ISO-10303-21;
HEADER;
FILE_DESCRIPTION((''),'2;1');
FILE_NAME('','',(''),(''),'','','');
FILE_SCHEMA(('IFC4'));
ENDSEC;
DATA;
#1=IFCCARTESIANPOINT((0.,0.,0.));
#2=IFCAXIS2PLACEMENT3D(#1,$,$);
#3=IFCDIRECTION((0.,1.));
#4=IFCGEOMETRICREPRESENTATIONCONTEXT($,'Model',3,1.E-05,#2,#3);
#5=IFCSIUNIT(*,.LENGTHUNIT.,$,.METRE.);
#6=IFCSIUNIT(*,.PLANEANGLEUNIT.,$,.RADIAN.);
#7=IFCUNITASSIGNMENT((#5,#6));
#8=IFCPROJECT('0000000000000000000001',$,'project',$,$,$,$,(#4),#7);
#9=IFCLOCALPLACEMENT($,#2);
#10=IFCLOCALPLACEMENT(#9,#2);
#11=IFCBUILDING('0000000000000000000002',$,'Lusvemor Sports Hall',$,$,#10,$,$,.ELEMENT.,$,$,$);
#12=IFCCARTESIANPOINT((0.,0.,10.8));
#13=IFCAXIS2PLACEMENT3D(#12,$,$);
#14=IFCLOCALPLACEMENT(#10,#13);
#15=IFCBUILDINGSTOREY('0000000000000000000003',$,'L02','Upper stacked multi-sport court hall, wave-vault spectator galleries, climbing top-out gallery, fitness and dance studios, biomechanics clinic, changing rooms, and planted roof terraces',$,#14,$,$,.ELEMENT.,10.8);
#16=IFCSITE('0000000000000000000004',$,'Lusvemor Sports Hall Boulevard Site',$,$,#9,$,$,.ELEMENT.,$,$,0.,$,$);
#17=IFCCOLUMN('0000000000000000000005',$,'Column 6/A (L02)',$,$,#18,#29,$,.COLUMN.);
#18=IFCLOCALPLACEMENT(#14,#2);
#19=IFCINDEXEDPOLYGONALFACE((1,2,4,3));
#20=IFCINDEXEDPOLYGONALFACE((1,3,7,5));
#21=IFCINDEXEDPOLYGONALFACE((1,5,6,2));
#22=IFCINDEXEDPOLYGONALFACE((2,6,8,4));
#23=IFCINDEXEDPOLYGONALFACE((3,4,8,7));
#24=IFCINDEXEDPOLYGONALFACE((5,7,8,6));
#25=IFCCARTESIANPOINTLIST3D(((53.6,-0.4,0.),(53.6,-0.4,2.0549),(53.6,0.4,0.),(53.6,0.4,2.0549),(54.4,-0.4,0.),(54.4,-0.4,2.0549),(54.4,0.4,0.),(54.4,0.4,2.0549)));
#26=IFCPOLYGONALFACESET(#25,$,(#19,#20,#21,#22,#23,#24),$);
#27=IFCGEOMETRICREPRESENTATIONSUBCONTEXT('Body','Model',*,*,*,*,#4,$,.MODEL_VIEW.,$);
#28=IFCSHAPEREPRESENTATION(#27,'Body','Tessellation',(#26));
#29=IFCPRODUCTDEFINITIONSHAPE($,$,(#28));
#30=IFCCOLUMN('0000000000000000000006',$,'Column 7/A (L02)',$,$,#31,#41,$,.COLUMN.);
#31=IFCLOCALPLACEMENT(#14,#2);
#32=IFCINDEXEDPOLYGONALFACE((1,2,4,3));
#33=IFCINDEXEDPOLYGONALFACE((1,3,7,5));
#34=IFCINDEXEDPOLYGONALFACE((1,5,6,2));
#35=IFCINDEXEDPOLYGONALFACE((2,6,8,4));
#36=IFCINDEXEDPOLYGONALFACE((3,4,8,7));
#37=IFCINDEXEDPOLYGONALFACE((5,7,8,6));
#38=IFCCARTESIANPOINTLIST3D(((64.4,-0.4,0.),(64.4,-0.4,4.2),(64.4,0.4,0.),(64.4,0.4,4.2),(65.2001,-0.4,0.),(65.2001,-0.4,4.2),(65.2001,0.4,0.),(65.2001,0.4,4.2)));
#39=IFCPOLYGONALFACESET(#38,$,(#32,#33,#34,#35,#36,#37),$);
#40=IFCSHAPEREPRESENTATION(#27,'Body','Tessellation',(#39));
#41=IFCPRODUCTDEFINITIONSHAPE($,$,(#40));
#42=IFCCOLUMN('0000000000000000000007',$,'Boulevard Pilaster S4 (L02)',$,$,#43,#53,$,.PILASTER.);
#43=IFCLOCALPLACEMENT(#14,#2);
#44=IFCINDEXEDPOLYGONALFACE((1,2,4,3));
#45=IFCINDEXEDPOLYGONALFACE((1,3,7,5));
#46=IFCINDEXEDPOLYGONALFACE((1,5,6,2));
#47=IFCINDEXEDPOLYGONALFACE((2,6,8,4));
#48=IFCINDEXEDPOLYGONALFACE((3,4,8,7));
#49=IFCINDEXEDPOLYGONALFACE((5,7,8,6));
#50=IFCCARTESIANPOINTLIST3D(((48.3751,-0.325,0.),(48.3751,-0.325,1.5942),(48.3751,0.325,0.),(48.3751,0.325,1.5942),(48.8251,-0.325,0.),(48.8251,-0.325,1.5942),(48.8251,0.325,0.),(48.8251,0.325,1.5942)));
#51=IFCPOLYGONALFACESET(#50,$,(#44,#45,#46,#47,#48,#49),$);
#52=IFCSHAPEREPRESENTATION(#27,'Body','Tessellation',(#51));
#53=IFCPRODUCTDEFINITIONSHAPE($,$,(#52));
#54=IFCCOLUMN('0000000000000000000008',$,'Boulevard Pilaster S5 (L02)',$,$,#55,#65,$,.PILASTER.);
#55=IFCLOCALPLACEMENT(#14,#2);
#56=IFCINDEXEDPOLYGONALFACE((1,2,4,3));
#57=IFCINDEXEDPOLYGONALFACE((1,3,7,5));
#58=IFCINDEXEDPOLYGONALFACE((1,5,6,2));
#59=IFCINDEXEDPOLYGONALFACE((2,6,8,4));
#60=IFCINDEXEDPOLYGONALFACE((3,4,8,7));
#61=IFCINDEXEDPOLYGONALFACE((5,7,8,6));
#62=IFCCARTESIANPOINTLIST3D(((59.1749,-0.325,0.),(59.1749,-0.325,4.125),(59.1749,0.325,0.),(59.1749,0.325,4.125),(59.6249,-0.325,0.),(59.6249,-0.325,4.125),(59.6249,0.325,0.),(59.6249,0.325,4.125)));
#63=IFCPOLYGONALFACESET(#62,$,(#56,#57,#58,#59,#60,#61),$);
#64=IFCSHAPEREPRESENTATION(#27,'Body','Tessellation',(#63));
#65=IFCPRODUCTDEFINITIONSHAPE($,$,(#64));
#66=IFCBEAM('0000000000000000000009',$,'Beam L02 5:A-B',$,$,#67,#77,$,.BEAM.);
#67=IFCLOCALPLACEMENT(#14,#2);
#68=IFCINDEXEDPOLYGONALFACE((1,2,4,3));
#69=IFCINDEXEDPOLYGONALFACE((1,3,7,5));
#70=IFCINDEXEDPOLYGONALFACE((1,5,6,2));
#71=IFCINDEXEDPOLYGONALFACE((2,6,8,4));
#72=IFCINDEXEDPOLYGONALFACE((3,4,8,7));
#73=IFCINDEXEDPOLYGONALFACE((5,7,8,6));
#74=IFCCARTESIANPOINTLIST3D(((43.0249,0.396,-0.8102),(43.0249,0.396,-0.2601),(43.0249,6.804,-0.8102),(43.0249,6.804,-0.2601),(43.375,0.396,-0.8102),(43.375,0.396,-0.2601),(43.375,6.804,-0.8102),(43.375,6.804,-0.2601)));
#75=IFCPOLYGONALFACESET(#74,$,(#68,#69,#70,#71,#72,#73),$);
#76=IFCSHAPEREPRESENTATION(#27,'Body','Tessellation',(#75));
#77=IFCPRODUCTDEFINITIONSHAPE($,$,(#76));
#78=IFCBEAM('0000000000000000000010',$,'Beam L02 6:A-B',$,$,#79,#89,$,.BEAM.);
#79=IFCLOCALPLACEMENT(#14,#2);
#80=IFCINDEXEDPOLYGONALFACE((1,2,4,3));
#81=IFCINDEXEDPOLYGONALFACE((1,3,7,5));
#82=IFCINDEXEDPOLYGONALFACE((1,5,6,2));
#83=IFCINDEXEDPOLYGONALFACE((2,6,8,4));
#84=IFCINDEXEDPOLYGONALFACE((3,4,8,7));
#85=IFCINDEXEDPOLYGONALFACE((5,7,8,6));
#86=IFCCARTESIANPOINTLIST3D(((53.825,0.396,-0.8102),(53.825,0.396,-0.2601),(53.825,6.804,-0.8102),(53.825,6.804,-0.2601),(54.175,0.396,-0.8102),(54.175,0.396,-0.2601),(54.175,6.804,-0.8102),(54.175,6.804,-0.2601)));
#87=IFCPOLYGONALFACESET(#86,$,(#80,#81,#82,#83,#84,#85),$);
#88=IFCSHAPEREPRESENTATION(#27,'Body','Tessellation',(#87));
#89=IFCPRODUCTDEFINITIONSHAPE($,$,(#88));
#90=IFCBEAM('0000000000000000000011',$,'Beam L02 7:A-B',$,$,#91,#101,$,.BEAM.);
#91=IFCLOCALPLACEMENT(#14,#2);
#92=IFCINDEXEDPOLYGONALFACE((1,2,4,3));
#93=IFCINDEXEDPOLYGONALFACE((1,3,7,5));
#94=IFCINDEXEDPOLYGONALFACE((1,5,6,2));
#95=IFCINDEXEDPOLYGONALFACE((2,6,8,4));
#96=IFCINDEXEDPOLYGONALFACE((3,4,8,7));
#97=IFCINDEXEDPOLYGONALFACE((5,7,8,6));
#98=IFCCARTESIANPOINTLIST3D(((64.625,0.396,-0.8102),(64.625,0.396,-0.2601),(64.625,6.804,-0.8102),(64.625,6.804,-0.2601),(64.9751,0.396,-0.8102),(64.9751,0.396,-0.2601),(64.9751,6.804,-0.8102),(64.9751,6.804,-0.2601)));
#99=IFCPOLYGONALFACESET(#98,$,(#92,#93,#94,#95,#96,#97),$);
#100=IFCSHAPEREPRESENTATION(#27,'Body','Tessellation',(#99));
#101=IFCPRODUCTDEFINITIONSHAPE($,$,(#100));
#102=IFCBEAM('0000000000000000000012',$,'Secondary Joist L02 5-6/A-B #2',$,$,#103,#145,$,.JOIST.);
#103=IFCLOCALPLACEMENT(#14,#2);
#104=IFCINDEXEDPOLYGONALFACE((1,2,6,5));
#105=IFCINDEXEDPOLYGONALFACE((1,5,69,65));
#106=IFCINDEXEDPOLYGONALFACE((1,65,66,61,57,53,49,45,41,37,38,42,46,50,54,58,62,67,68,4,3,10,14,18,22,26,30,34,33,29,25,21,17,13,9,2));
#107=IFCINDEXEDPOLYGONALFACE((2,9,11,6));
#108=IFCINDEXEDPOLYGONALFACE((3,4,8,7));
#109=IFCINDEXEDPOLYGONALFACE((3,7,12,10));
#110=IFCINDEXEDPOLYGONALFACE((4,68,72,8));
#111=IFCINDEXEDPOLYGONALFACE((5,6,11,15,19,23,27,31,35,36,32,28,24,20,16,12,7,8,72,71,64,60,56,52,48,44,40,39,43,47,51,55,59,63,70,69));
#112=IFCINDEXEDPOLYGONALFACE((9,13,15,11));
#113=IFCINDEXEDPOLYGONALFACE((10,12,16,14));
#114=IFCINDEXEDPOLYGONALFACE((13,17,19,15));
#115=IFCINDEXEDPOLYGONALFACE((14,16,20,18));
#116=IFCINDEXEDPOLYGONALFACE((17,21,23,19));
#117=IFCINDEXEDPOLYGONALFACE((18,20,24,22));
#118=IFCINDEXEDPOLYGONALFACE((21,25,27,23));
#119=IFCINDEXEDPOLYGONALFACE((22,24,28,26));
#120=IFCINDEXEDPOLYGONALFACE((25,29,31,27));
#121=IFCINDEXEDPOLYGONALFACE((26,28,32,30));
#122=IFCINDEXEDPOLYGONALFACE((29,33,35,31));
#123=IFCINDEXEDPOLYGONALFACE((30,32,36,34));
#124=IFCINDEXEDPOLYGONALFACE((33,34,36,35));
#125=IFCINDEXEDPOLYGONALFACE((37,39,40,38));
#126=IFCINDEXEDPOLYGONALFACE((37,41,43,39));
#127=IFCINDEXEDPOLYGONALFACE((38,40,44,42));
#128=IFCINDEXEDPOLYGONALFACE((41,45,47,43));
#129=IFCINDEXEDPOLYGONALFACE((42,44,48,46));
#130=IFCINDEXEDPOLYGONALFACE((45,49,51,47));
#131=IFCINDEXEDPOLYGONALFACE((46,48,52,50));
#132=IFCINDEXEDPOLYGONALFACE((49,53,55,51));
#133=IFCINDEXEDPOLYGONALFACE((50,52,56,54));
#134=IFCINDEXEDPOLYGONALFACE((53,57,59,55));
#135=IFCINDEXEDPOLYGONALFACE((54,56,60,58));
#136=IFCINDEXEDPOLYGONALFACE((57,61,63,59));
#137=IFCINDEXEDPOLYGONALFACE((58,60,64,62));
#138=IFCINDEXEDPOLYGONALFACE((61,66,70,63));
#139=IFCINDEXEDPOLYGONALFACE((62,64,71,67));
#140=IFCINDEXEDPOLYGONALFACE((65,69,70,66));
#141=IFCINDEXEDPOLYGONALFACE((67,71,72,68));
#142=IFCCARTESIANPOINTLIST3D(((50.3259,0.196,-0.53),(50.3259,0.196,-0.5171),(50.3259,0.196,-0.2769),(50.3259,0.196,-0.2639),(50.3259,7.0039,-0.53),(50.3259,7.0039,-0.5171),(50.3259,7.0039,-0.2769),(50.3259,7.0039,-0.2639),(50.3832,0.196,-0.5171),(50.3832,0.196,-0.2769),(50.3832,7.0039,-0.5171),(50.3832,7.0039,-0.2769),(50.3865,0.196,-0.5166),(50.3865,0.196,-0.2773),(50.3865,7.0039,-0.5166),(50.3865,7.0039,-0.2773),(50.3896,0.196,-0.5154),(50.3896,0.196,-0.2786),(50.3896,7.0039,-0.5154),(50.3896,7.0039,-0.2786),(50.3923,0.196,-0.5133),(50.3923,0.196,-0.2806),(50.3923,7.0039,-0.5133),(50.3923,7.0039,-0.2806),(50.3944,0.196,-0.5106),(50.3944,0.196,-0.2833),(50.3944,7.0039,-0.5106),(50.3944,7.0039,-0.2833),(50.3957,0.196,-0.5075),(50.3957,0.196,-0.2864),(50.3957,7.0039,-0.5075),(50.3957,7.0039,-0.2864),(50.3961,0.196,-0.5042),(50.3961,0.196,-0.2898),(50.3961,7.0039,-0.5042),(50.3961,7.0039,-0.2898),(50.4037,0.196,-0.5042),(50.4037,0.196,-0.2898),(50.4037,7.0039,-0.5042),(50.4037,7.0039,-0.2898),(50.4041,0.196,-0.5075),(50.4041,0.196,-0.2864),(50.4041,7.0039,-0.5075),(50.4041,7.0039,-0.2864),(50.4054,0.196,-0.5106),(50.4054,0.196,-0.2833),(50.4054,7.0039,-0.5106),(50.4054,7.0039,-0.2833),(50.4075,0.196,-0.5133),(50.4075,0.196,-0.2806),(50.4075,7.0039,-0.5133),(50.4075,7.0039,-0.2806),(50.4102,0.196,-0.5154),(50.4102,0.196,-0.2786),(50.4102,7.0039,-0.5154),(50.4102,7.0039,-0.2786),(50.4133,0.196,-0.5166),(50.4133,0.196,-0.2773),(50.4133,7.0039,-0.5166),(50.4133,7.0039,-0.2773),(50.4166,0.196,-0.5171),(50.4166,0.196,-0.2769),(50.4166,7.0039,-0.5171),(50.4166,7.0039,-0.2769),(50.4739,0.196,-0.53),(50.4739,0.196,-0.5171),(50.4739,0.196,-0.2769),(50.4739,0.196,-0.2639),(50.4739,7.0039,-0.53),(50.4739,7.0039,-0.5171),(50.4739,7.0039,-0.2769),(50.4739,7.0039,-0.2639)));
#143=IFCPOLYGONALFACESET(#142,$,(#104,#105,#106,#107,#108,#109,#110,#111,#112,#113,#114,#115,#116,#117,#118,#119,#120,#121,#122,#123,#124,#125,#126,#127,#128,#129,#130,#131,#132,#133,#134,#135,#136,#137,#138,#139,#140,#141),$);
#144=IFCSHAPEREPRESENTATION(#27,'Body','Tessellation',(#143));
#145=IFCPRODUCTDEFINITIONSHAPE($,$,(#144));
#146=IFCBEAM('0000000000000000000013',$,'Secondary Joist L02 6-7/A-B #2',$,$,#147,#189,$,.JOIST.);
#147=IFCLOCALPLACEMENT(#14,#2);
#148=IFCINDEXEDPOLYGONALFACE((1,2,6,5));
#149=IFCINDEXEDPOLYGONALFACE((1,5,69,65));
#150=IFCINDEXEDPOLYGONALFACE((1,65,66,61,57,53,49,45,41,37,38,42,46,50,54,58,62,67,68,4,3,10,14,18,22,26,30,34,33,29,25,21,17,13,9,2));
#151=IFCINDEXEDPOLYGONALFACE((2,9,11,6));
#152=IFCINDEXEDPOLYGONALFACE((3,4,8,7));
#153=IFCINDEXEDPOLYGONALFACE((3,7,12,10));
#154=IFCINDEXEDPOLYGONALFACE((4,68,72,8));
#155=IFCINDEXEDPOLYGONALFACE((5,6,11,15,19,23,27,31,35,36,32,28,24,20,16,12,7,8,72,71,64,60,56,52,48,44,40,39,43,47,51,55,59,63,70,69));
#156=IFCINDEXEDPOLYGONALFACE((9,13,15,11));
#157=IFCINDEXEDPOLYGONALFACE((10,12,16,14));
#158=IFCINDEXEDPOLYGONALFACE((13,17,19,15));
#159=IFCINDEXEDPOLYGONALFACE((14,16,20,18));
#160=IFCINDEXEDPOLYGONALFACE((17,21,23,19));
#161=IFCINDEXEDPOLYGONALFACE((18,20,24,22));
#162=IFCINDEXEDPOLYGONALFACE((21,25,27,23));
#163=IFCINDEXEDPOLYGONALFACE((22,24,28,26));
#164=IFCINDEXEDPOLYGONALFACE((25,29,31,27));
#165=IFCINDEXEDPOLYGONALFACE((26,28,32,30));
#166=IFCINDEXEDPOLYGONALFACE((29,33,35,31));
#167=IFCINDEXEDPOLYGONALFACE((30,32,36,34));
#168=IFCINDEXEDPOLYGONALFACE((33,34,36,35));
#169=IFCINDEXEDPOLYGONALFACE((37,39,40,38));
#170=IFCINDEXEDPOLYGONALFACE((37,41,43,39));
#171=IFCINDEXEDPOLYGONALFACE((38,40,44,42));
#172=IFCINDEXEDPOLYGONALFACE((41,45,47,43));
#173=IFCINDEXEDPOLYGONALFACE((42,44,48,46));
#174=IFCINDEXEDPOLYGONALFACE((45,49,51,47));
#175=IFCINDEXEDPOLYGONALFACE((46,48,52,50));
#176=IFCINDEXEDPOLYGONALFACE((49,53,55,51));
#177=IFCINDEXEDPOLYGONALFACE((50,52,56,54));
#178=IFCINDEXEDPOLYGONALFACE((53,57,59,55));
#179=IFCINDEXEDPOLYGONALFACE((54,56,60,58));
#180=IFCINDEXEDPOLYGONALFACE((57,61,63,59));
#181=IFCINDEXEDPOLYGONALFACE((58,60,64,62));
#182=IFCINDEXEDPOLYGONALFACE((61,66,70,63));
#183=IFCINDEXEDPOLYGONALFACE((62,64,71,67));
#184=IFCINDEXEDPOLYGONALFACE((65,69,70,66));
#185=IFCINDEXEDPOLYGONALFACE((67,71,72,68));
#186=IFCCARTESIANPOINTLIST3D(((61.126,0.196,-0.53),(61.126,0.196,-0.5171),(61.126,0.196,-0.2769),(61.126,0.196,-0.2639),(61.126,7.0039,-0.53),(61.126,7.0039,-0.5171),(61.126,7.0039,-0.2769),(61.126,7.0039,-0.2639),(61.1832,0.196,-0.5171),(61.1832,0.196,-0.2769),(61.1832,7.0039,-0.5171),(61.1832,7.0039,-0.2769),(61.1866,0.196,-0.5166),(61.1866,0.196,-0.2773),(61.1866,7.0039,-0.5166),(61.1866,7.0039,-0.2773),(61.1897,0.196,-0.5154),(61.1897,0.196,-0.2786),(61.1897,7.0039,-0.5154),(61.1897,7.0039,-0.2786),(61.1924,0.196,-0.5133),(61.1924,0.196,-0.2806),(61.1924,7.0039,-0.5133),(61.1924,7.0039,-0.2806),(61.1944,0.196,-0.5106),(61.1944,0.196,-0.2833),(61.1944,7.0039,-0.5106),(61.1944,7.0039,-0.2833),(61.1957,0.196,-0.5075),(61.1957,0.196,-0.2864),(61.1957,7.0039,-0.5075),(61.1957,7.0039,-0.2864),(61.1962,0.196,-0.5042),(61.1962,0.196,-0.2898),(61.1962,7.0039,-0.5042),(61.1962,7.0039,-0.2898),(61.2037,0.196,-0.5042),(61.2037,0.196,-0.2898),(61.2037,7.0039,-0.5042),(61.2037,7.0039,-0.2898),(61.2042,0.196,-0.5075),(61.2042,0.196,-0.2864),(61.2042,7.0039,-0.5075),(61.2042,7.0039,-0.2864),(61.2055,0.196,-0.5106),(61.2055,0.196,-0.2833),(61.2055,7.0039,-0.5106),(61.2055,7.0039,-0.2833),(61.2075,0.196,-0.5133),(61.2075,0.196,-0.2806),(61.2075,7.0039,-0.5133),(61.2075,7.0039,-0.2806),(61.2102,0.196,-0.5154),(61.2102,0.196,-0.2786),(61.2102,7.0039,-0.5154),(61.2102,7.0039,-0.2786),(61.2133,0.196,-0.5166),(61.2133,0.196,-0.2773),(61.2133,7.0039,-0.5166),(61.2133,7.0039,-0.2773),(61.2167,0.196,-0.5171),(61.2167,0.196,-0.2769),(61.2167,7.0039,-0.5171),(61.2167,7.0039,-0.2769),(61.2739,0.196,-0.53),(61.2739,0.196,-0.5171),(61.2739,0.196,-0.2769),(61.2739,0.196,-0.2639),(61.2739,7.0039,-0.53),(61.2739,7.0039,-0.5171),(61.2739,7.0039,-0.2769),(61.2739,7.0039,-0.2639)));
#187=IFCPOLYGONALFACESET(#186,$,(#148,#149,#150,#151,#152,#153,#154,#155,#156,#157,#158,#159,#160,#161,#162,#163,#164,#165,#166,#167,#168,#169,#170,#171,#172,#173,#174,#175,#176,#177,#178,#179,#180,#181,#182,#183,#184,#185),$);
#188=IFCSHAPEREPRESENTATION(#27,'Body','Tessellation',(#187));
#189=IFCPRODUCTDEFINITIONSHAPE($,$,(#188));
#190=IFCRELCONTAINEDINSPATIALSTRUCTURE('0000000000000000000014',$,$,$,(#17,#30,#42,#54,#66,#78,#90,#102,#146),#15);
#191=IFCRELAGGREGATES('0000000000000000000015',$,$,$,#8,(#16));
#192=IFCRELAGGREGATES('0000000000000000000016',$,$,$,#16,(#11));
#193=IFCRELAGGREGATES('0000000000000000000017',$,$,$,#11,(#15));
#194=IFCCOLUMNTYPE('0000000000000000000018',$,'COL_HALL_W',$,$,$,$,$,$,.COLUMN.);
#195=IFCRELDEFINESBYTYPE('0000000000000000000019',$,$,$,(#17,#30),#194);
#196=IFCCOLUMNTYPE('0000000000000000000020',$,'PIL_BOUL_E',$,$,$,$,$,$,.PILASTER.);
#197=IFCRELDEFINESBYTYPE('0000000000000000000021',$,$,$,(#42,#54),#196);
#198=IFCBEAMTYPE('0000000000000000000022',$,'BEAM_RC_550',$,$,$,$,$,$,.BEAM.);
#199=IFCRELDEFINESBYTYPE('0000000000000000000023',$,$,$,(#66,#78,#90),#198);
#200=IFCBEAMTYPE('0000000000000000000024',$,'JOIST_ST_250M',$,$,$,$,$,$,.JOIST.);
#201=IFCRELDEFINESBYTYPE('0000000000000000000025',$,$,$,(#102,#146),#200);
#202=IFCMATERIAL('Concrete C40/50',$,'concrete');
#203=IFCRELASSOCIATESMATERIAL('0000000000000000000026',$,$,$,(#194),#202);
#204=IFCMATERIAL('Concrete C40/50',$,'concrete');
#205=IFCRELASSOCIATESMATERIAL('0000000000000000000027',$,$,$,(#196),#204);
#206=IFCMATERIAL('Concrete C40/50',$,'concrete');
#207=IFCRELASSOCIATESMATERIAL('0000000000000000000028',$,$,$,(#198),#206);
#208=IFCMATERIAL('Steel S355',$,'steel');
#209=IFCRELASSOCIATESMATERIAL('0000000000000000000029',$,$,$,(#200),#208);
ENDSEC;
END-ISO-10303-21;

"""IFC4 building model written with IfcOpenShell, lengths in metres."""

from ifc_helpers import new_model, si_unit, direction, frame, origin, origin_2d, place, context, subcontext, project, spatial, rectangle, i_section, extrude, material, material_profile, profile_set, type_object, element, save


model = new_model("IFC4")

# Units and contexts
model_context = context("Model", 3, precision=1e-05, world=origin(), true_north=direction((0.0, 1.0)))
body_context = subcontext(model_context, "Body", "Model", "MODEL_VIEW")
ifc_project = project(units=[si_unit("LENGTHUNIT", "METRE"), si_unit("PLANEANGLEUNIT", "RADIAN")], contexts=[model_context])

# Site, building, storey
site_placement = place(None, origin())
site = spatial("IfcSite", under=ifc_project, at=site_placement, Name="Lusvemor Sports Hall Boulevard Site", CompositionType="ELEMENT", RefElevation=0.0)
building_placement = place(site_placement, origin())
building = spatial("IfcBuilding", under=site, at=building_placement, Name="Lusvemor Sports Hall", CompositionType="ELEMENT")
storey_placement = place(building_placement, frame((0.0, 0.0, 10.8)))
storey = spatial("IfcBuildingStorey", under=building, at=storey_placement, Name="L02", Description="Upper stacked multi-sport court hall, wave-vault spectator galleries, climbing top-out gallery, fitness and dance studios, biomechanics clinic, changing rooms, and planted roof terraces", CompositionType="ELEMENT", Elevation=10.8)

# Columns
ifc_material_1 = material(Name="Concrete C40/50", Category="concrete")
ifc_material_profile_1 = material_profile(ifc_material_1, rectangle(XDim=0.8, YDim=0.8, at=origin_2d()), Name="RC800x800")
ifc_profile_set_1 = profile_set([ifc_material_profile_1], Name="Concrete C40/50")
column_type_1 = type_object("IfcColumnType", Name="COL_HALL_W", PredefinedType="COLUMN", material=ifc_profile_set_1)
column_1_placement = place(storey_placement, frame((54.0, 0.0, 0.0), z_axis=(0.0, 0.0, 1.0), x_axis=(1.0, 0.0, 0.0)))
element("IfcColumn", 1, at=column_1_placement, inside=storey, type_object=column_type_1, Name="Column 6/A (L02)", PredefinedType="COLUMN", context=body_context, shape_type="SweptSolid", body=[
    extrude(rectangle(XDim=0.8, YDim=0.8, at=origin_2d()), origin(), (0.0, 0.0, 1.0), 2.0549),
])
column_2_placement = place(storey_placement, frame((64.8, 0.0, 0.0), z_axis=(0.0, 0.0, 1.0), x_axis=(1.0, 0.0, 0.0)))
element("IfcColumn", 2, at=column_2_placement, inside=storey, type_object=column_type_1, Name="Column 7/A (L02)", PredefinedType="COLUMN", context=body_context, shape_type="SweptSolid", body=[
    extrude(rectangle(XDim=0.8, YDim=0.8, at=origin_2d()), origin(), (0.0, 0.0, 1.0), 4.2),
])
ifc_material_2 = material(Name="Concrete C40/50", Category="concrete")
ifc_material_profile_2 = material_profile(ifc_material_2, rectangle(XDim=0.45, YDim=0.6499, at=origin_2d()), Name="RC450x650")
ifc_profile_set_2 = profile_set([ifc_material_profile_2], Name="Concrete C40/50")
column_type_2 = type_object("IfcColumnType", Name="PIL_BOUL_E", PredefinedType="PILASTER", material=ifc_profile_set_2)
column_3_placement = place(storey_placement, frame((48.6001, 0.0, 0.0), z_axis=(0.0, 0.0, 1.0), x_axis=(1.0, 0.0, 0.0)))
element("IfcColumn", 3, at=column_3_placement, inside=storey, type_object=column_type_2, Name="Boulevard Pilaster S4 (L02)", PredefinedType="PILASTER", context=body_context, shape_type="SweptSolid", body=[
    extrude(rectangle(XDim=0.45, YDim=0.6499, at=origin_2d()), origin(), (0.0, 0.0, 1.0), 1.5942),
])
column_4_placement = place(storey_placement, frame((59.3999, 0.0, 0.0), z_axis=(0.0, 0.0, 1.0), x_axis=(1.0, 0.0, 0.0)))
element("IfcColumn", 4, at=column_4_placement, inside=storey, type_object=column_type_2, Name="Boulevard Pilaster S5 (L02)", PredefinedType="PILASTER", context=body_context, shape_type="SweptSolid", body=[
    extrude(rectangle(XDim=0.45, YDim=0.6499, at=origin_2d()), origin(), (0.0, 0.0, 1.0), 4.125),
])

# Beams
ifc_material_3 = material(Name="Concrete C40/50", Category="concrete")
ifc_material_profile_3 = material_profile(ifc_material_3, rectangle(XDim=0.3501, YDim=0.55, at=origin_2d()), Name="RC350x550")
ifc_profile_set_3 = profile_set([ifc_material_profile_3], Name="Concrete C40/50")
beam_type_1 = type_object("IfcBeamType", Name="BEAM_RC_550", PredefinedType="BEAM", material=ifc_profile_set_3)
for number, where, z_axis, x_axis, name in (
    (5, (43.2, 0.396, -0.5352), (0.0, 1.0, 0.0), (-1.0, 0.0, 0.0), "Beam L02 5:A-B"),
    (6, (54.0, 0.396, -0.5352), (0.0, 1.0, 0.0), (-1.0, 0.0, 0.0), "Beam L02 6:A-B"),
    (7, (64.8, 0.396, -0.5352), (0.0, 1.0, 0.0), (-1.0, 0.0, 0.0), "Beam L02 7:A-B"),
):
    element("IfcBeam", number, at=place(storey_placement, frame(where, z_axis=z_axis, x_axis=x_axis)), inside=storey, type_object=beam_type_1, Name=name, PredefinedType="BEAM", context=body_context, shape_type="SweptSolid", body=[
        extrude(rectangle(XDim=0.3501, YDim=0.55, at=origin_2d()), origin(), (0.0, 0.0, 1.0), 6.408),
    ])
ifc_material_4 = material(Name="Steel S355", Category="steel")
ifc_material_profile_4 = material_profile(ifc_material_4, i_section(OverallWidth=0.1479, OverallDepth=0.2661, WebThickness=0.0076, FlangeThickness=0.0129, FilletRadius=0.0129, at=origin_2d()), Name="W250x44.8")
ifc_profile_set_4 = profile_set([ifc_material_profile_4], Name="Steel S355")
beam_type_2 = type_object("IfcBeamType", Name="JOIST_ST_250M", PredefinedType="JOIST", material=ifc_profile_set_4)
for number, where, z_axis, x_axis, name in (
    (8, (50.3999, 0.196, -0.397), (0.0, 1.0, 0.0), (-1.0, 0.0, 0.0), "Secondary Joist L02 5-6/A-B #2"),
    (9, (61.2, 0.196, -0.397), (0.0, 1.0, 0.0), (-1.0, 0.0, 0.0), "Secondary Joist L02 6-7/A-B #2"),
):
    element("IfcBeam", number, at=place(storey_placement, frame(where, z_axis=z_axis, x_axis=x_axis)), inside=storey, type_object=beam_type_2, Name=name, PredefinedType="JOIST", context=body_context, shape_type="SweptSolid", body=[
        extrude(i_section(OverallWidth=0.1479, OverallDepth=0.2661, WebThickness=0.0076, FlangeThickness=0.0129, FilletRadius=0.0129, at=origin_2d()), origin(), (0.0, 0.0, 1.0), 6.8079),
    ])

save(model, "model.ifc")
